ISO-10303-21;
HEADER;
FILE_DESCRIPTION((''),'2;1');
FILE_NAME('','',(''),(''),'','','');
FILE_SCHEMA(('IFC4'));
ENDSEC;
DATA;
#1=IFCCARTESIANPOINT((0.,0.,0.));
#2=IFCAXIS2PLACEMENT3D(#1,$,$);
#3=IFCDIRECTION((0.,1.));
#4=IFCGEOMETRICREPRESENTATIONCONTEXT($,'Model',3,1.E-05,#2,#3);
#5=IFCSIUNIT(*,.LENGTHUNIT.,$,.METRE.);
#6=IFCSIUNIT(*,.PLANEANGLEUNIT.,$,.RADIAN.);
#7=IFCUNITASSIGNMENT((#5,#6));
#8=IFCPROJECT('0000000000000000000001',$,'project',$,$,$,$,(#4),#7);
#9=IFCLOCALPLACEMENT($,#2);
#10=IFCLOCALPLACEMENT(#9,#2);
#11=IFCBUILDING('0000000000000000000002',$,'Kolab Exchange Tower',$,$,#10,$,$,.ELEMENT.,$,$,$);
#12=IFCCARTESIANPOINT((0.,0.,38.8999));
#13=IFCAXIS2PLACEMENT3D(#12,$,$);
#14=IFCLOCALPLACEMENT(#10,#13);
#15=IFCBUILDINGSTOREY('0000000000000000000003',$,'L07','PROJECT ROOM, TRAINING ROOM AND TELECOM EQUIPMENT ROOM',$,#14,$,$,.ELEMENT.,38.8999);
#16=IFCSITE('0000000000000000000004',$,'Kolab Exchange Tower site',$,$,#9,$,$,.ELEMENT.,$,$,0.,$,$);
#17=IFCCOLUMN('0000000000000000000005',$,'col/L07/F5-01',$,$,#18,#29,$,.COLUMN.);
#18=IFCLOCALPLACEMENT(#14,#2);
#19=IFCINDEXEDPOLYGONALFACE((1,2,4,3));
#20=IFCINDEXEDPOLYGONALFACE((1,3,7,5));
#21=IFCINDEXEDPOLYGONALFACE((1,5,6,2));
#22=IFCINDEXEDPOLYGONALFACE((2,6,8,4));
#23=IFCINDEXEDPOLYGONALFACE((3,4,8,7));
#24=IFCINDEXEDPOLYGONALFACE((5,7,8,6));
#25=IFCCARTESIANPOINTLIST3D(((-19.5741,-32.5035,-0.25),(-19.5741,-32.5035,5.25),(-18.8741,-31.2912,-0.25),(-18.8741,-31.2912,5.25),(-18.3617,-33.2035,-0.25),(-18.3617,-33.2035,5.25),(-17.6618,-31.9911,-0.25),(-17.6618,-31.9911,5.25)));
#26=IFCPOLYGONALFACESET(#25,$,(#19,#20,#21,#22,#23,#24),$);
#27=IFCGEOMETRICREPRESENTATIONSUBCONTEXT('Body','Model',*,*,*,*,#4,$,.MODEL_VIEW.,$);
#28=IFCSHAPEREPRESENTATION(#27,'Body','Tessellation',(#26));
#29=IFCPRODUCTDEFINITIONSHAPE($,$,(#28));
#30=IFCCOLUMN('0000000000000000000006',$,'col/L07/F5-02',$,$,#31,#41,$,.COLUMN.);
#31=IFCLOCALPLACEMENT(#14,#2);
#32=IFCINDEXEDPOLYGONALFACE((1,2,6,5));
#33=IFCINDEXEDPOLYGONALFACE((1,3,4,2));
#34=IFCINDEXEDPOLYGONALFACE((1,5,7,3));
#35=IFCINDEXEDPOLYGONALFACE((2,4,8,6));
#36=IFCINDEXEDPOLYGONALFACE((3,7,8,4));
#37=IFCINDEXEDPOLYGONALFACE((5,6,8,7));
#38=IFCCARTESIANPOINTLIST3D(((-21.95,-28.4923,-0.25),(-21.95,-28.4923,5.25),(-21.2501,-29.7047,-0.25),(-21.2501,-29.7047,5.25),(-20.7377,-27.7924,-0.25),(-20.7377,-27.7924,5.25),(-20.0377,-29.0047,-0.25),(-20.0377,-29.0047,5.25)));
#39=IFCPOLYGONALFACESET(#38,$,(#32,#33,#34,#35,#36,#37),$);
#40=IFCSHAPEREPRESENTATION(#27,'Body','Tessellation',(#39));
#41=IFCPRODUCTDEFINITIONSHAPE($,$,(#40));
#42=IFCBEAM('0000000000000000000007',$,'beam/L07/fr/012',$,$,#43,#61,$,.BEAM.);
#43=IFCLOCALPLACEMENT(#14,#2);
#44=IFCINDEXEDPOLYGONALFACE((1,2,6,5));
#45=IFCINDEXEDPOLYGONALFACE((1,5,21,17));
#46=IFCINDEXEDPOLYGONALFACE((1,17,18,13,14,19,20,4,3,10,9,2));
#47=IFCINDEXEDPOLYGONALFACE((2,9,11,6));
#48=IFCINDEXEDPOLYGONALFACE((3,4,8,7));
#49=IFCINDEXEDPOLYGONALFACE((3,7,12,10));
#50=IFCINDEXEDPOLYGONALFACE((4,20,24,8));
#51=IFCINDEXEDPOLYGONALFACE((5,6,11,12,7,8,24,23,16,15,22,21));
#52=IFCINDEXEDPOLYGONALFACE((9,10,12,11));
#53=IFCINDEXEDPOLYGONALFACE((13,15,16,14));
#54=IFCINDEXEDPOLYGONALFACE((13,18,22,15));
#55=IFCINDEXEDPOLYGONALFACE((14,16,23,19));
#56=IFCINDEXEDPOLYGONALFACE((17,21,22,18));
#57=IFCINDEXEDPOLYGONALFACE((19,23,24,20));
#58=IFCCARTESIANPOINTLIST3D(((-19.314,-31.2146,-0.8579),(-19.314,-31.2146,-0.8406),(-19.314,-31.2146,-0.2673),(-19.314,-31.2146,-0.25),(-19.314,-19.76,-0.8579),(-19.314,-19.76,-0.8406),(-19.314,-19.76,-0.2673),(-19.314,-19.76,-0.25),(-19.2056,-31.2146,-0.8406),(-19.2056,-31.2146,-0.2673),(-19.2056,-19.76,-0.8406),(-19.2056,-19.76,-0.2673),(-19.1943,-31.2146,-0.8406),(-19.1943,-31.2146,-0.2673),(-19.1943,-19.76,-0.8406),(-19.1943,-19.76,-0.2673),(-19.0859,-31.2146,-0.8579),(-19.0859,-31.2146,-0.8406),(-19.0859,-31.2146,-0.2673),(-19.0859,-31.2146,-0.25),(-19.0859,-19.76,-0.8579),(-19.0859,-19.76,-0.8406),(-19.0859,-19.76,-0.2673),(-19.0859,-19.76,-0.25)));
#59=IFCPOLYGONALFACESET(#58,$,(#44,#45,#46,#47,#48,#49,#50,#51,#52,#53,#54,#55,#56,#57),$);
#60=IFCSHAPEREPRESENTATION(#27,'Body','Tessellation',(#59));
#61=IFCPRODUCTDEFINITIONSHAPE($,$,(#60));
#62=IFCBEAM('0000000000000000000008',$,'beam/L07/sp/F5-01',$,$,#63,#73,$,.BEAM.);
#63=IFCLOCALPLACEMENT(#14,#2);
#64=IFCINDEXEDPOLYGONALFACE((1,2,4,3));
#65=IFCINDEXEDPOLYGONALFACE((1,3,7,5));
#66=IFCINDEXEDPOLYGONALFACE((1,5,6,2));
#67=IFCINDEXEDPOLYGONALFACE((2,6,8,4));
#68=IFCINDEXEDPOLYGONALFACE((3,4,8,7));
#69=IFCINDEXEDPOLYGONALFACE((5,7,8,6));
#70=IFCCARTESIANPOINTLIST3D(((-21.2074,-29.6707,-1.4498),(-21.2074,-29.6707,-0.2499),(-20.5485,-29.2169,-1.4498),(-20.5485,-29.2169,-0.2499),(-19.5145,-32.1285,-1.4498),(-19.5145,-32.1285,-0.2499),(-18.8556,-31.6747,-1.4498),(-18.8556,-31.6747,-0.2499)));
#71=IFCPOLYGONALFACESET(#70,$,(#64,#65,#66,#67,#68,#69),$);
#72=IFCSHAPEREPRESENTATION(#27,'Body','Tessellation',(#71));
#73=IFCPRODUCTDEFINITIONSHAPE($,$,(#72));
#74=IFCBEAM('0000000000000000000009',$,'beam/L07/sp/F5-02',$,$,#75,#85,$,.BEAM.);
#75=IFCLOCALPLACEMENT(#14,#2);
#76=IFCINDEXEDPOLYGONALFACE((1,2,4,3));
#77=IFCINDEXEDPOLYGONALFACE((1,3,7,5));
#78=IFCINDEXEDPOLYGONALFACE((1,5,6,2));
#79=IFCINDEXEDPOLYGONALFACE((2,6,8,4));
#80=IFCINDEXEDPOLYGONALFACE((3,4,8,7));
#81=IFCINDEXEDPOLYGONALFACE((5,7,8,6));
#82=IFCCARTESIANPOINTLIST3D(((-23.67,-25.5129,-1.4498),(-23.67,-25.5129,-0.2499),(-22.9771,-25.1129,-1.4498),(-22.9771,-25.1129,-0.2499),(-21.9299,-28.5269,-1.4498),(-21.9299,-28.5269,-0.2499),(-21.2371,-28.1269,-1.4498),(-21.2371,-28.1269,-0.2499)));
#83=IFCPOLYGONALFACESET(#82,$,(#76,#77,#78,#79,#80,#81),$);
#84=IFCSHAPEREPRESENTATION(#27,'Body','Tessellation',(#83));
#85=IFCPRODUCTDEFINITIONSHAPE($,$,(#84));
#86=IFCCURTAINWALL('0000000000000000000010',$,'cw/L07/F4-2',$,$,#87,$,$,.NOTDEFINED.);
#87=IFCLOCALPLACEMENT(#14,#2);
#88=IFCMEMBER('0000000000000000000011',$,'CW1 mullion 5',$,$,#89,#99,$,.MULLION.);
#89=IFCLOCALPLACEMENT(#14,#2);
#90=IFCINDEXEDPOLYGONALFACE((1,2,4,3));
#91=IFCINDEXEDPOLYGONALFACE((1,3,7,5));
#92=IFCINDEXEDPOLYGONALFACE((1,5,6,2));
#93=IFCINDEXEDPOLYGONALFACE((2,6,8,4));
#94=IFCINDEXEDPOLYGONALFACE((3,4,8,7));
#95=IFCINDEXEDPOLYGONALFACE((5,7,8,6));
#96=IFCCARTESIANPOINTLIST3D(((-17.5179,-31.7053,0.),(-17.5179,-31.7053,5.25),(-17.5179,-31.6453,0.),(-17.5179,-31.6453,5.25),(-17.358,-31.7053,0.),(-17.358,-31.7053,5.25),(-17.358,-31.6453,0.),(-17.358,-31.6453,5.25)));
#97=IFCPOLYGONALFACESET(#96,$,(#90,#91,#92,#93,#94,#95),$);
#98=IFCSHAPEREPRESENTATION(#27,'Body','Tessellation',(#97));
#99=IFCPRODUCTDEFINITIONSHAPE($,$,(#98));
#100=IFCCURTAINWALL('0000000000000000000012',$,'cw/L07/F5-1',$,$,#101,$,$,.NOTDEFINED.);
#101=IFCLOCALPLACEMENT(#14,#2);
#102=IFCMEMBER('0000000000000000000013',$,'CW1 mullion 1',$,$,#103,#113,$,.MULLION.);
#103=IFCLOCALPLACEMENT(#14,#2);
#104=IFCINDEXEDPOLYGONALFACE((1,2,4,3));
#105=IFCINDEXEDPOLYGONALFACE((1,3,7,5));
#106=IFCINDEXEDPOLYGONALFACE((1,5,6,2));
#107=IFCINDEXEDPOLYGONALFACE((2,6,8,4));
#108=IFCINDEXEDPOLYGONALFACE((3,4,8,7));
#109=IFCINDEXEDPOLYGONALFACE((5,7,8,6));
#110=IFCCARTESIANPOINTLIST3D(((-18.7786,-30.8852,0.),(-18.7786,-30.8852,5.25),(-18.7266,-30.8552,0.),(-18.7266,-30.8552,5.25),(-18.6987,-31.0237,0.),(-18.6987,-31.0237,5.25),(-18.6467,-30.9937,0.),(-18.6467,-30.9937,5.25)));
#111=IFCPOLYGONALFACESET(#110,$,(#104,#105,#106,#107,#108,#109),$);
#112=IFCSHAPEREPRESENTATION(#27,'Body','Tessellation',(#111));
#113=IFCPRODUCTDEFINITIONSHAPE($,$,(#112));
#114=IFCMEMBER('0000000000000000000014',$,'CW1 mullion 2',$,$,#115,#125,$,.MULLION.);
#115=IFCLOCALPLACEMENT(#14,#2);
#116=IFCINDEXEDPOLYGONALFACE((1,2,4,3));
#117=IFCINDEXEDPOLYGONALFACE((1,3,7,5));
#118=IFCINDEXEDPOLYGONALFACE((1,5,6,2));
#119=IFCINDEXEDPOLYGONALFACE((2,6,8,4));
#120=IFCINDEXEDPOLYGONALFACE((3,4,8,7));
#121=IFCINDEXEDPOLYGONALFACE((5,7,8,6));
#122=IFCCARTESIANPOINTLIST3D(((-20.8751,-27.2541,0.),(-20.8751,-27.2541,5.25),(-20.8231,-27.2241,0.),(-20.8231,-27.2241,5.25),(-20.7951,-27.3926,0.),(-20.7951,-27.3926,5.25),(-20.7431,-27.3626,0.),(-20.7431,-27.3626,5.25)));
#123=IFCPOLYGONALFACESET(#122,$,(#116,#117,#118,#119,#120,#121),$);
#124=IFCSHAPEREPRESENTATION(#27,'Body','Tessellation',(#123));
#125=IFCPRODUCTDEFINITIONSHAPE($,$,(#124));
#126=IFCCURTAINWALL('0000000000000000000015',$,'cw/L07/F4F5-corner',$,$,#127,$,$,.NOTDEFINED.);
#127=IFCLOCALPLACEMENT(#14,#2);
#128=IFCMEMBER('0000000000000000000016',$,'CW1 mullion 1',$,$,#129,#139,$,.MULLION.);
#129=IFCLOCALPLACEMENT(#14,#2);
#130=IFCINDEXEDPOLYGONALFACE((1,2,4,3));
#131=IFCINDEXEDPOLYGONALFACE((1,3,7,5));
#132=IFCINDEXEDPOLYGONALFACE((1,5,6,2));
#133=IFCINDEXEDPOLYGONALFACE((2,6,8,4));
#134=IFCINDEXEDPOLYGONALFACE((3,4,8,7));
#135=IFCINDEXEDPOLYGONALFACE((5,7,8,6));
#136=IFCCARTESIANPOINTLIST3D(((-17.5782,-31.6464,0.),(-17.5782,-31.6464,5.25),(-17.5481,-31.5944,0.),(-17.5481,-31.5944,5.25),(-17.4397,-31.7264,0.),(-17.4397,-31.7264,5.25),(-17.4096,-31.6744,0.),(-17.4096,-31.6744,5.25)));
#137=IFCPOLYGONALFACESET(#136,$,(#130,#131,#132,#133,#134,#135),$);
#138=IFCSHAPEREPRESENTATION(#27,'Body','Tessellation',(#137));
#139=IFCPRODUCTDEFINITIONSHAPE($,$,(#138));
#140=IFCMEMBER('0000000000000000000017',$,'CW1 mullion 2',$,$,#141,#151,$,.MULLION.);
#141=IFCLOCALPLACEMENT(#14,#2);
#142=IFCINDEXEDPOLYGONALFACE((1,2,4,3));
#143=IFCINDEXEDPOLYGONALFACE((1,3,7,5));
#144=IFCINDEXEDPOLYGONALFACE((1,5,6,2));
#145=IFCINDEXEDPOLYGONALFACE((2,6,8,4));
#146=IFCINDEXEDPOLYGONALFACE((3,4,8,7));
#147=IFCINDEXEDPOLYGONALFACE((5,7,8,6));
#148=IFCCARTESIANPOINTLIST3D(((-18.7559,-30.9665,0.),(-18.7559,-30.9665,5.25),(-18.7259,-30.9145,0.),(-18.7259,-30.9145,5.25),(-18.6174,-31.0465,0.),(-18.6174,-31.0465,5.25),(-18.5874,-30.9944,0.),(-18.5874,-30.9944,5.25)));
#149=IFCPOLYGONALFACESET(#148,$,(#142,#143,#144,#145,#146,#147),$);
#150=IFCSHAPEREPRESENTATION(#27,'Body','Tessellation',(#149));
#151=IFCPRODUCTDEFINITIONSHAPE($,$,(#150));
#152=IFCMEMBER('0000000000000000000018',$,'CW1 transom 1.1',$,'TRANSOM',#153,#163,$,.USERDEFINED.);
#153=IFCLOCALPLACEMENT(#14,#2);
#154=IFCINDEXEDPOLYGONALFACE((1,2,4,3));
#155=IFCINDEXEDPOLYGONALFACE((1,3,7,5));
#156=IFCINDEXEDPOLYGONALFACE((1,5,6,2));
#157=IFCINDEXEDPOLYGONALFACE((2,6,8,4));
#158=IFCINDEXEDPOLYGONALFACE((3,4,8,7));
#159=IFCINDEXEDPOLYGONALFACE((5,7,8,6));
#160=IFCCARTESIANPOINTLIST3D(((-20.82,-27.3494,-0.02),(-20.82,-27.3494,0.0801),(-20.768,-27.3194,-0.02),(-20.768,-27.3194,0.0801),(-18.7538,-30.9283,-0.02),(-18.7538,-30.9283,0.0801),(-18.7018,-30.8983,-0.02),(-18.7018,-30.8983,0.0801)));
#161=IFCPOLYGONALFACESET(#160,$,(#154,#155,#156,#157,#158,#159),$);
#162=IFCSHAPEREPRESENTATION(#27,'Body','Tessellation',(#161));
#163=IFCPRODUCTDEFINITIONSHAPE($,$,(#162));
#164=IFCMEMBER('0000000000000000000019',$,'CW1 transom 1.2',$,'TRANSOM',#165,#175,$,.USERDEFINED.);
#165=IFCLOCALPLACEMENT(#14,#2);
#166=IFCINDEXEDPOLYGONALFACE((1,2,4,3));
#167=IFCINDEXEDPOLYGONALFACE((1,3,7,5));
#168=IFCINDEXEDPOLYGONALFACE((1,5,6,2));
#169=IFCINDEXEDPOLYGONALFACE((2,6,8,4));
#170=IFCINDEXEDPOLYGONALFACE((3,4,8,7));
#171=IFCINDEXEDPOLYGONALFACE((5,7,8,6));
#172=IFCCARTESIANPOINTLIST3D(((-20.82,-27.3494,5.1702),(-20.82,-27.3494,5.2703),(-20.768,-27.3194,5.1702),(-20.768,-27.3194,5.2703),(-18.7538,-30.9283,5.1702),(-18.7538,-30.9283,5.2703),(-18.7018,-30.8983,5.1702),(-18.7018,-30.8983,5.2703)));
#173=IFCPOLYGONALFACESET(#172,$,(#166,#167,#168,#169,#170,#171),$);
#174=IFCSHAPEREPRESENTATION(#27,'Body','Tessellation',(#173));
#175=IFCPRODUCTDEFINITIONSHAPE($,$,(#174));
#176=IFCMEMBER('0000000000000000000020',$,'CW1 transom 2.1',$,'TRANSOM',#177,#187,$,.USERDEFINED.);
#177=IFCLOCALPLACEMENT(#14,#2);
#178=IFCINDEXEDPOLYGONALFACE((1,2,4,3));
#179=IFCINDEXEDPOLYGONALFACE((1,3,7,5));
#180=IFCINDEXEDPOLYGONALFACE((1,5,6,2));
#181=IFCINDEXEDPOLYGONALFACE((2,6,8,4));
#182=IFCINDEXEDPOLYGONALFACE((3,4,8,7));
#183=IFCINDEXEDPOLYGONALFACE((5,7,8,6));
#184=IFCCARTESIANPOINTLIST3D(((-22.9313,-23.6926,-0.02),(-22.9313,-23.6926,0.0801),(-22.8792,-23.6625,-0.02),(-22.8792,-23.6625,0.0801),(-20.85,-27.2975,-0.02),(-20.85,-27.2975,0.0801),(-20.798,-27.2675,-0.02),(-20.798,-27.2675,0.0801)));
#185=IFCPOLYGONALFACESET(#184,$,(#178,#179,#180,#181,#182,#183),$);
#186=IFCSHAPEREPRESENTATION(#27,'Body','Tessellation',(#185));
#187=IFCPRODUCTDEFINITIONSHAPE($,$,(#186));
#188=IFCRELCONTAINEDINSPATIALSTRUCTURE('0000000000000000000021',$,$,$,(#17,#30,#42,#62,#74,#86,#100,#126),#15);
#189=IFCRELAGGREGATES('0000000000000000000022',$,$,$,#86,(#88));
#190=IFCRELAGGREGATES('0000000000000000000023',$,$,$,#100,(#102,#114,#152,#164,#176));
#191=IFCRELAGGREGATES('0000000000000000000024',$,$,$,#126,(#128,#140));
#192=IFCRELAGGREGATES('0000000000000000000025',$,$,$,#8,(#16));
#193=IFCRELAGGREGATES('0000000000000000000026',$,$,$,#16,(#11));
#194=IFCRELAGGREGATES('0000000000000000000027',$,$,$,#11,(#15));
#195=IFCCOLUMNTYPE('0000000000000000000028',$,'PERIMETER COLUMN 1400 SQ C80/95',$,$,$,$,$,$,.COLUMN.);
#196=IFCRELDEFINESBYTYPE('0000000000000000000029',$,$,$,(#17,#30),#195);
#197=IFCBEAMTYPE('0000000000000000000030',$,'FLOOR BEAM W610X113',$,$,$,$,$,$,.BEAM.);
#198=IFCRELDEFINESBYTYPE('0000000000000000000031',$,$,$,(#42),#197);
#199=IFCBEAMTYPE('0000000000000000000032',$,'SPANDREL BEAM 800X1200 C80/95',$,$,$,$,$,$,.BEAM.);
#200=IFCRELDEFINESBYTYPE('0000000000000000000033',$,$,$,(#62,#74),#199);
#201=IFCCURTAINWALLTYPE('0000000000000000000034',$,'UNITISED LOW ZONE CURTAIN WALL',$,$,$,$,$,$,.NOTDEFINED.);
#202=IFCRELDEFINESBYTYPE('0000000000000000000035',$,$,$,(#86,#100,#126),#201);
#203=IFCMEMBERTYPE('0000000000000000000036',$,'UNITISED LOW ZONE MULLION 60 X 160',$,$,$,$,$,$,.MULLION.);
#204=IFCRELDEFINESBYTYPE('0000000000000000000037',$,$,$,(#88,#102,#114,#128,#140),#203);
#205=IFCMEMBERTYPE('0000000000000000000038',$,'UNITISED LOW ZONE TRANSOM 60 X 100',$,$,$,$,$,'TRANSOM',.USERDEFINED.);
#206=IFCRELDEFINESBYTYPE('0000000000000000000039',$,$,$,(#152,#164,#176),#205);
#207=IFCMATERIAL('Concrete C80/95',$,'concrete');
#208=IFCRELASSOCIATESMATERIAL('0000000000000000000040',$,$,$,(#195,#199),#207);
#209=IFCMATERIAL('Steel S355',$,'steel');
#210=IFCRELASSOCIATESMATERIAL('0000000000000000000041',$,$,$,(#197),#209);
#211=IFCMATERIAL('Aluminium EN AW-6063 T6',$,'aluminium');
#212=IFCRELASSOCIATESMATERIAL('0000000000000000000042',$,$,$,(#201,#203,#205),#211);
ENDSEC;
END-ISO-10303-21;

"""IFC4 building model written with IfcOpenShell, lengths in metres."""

from ifc_helpers import new_model, si_unit, direction, frame, origin, origin_2d, place, context, subcontext, project, spatial, rectangle, i_section, extrude, material, material_profile, profile_set, type_object, element, aggregate, save


model = new_model("IFC4")

# Units and contexts
model_context = context("Model", 3, precision=1e-05, world=origin(), true_north=direction((0.0, 1.0)))
body_context = subcontext(model_context, "Body", "Model", "MODEL_VIEW")
ifc_project = project(units=[si_unit("LENGTHUNIT", "METRE"), si_unit("PLANEANGLEUNIT", "RADIAN")], contexts=[model_context])

# Site, building, storey
site_placement = place(None, origin())
site = spatial("IfcSite", under=ifc_project, at=site_placement, Name="Kolab Exchange Tower site", CompositionType="ELEMENT", RefElevation=0.0)
building_placement = place(site_placement, origin())
building = spatial("IfcBuilding", under=site, at=building_placement, Name="Kolab Exchange Tower", CompositionType="ELEMENT")
storey_placement = place(building_placement, frame((0.0, 0.0, 38.8999)))
storey = spatial("IfcBuildingStorey", under=building, at=storey_placement, Name="L07", Description="PROJECT ROOM, TRAINING ROOM AND TELECOM EQUIPMENT ROOM", CompositionType="ELEMENT", Elevation=38.8999)

# Columns
ifc_material_1 = material(Name="Concrete C80/95", Category="concrete")
ifc_material_profile_1 = material_profile(ifc_material_1, rectangle(XDim=1.3999, YDim=1.3999, at=origin_2d()), Name="RC1400")
ifc_profile_set_1 = profile_set([ifc_material_profile_1], Name="Concrete C80/95")
column_type = type_object("IfcColumnType", Name="PERIMETER COLUMN 1400 SQ C80/95", PredefinedType="COLUMN", material=ifc_profile_set_1)
for number, where, z_axis, x_axis, name in (
    (1, (-18.6179, -32.2473, -0.25), (0.0, 0.0, 1.0), (0.5, 0.866025, 0.0), "col/L07/F5-01"),
    (2, (-20.9939, -28.7485, -0.25), (0.0, 0.0, 1.0), (0.866025, 0.5, 0.0), "col/L07/F5-02"),
):
    element("IfcColumn", number, at=place(storey_placement, frame(where, z_axis=z_axis, x_axis=x_axis)), inside=storey, type_object=column_type, Name=name, PredefinedType="COLUMN", context=body_context, shape_type="SweptSolid", body=[
        extrude(rectangle(XDim=1.3999, YDim=1.3999, at=origin_2d()), origin(), (0.0, 0.0, 1.0), 5.5),
    ])

# Beams
ifc_material_2 = material(Name="Steel S355", Category="steel")
ifc_material_profile_2 = material_profile(ifc_material_2, i_section(OverallWidth=0.228, OverallDepth=0.6079, WebThickness=0.0112, FlangeThickness=0.0173, at=origin_2d()), Name="W610X113")
ifc_profile_set_2 = profile_set([ifc_material_profile_2], Name="Steel S355")
beam_type_1 = type_object("IfcBeamType", Name="FLOOR BEAM W610X113", PredefinedType="BEAM", material=ifc_profile_set_2)
beam_1_placement = place(storey_placement, frame((-19.2, -31.2146, -0.554), z_axis=(0.0, 1.0, 0.0), x_axis=(-1.0, 0.0, 0.0)))
element("IfcBeam", 3, at=beam_1_placement, inside=storey, type_object=beam_type_1, Name="beam/L07/fr/012", PredefinedType="BEAM", context=body_context, shape_type="SweptSolid", body=[
    extrude(i_section(OverallWidth=0.228, OverallDepth=0.6079, WebThickness=0.0112, FlangeThickness=0.0173, at=origin_2d()), origin(), (0.0, 0.0, 1.0), 11.4546),
])
ifc_material_profile_3 = material_profile(ifc_material_1, rectangle(XDim=0.8, YDim=1.2, at=origin_2d()), Name="RC800X1200")
ifc_profile_set_3 = profile_set([ifc_material_profile_3], Name="Concrete C80/95")
beam_type_2 = type_object("IfcBeamType", Name="SPANDREL BEAM 800X1200 C80/95", PredefinedType="BEAM", material=ifc_profile_set_3)
beam_2_placement = place(storey_placement, frame((-19.1851, -31.9016, -0.8499), z_axis=(-0.567247, 0.823548, 0.0), x_axis=(-0.823548, -0.567247, 0.0)))
element("IfcBeam", 4, at=beam_2_placement, inside=storey, type_object=beam_type_2, Name="beam/L07/sp/F5-01", PredefinedType="BEAM", context=body_context, shape_type="SweptSolid", body=[
    extrude(rectangle(XDim=0.8, YDim=1.2, at=origin_2d()), origin(), (0.0, 0.0, 1.0), 2.9844),
])
beam_3_placement = place(storey_placement, frame((-21.5835, -28.3269, -0.8499), z_axis=(-0.49998, 0.866037, 0.0), x_axis=(-0.866037, -0.49998, 0.0)))
element("IfcBeam", 5, at=beam_3_placement, inside=storey, type_object=beam_type_2, Name="beam/L07/sp/F5-02", PredefinedType="BEAM", context=body_context, shape_type="SweptSolid", body=[
    extrude(rectangle(XDim=0.8, YDim=1.2, at=origin_2d()), origin(), (0.0, 0.0, 1.0), 3.4802),
])

# Curtain wall, member
ifc_material_3 = material(Name="Aluminium EN AW-6063 T6", Category="aluminium")
curtain_wall_type = type_object("IfcCurtainWallType", Name="UNITISED LOW ZONE CURTAIN WALL", PredefinedType="NOTDEFINED", material=ifc_material_3)
curtain_wall_1_placement = place(storey_placement, origin())
curtain_wall_1 = element("IfcCurtainWall", 6, at=curtain_wall_1_placement, inside=storey, type_object=curtain_wall_type, Name="cw/L07/F4-2", PredefinedType="NOTDEFINED")
ifc_material_profile_4 = material_profile(ifc_material_3, rectangle(XDim=0.0601, YDim=0.1599, at=origin_2d()), Name="RECT 60X160")
ifc_profile_set_4 = profile_set([ifc_material_profile_4], Name="Aluminium EN AW-6063 T6")
member_type_1 = type_object("IfcMemberType", Name="UNITISED LOW ZONE MULLION 60 X 160", PredefinedType="MULLION", material=ifc_profile_set_4)
member_1_placement = place(storey_placement, frame((-17.438, -31.6753, 0.0), z_axis=(0.0, 0.0, 1.0), x_axis=(0.0, -1.0, 0.0)))
member_1 = element("IfcMember", 7, at=member_1_placement, type_object=member_type_1, Name="CW1 mullion 5", PredefinedType="MULLION", context=body_context, shape_type="SweptSolid", body=[
    extrude(rectangle(XDim=0.0601, YDim=0.1599, at=origin_2d()), origin(), (0.0, 0.0, 1.0), 5.25),
])
aggregate(curtain_wall_1, [member_1])

# Curtain walls, members
curtain_wall_2_placement = place(storey_placement, origin())
curtain_wall_2 = element("IfcCurtainWall", 8, at=curtain_wall_2_placement, inside=storey, type_object=curtain_wall_type, Name="cw/L07/F5-1", PredefinedType="NOTDEFINED")
member_2_placement = place(storey_placement, frame((-18.7126, -30.9395, 0.0), z_axis=(0.0, 0.0, 1.0), x_axis=(-0.866025, -0.5, 0.0)))
member_2 = element("IfcMember", 9, at=member_2_placement, type_object=member_type_1, Name="CW1 mullion 1", PredefinedType="MULLION", context=body_context, shape_type="SweptSolid", body=[
    extrude(rectangle(XDim=0.0601, YDim=0.1599, at=origin_2d()), origin(), (0.0, 0.0, 1.0), 5.25),
])
member_3_placement = place(storey_placement, frame((-20.8091, -27.3083, 0.0), z_axis=(0.0, 0.0, 1.0), x_axis=(-0.866025, -0.5, 0.0)))
member_3 = element("IfcMember", 10, at=member_3_placement, type_object=member_type_1, Name="CW1 mullion 2", PredefinedType="MULLION", context=body_context, shape_type="SweptSolid", body=[
    extrude(rectangle(XDim=0.0601, YDim=0.1599, at=origin_2d()), origin(), (0.0, 0.0, 1.0), 5.25),
])
curtain_wall_3_placement = place(storey_placement, origin())
curtain_wall_3 = element("IfcCurtainWall", 11, at=curtain_wall_3_placement, inside=storey, type_object=curtain_wall_type, Name="cw/L07/F4F5-corner", PredefinedType="NOTDEFINED")
member_4_placement = place(storey_placement, frame((-17.4939, -31.6604, 0.0), z_axis=(0.0, 0.0, 1.0), x_axis=(-0.5, -0.866025, 0.0)))
member_4 = element("IfcMember", 12, at=member_4_placement, type_object=member_type_1, Name="CW1 mullion 1", PredefinedType="MULLION", context=body_context, shape_type="SweptSolid", body=[
    extrude(rectangle(XDim=0.0601, YDim=0.1599, at=origin_2d()), origin(), (0.0, 0.0, 1.0), 5.25),
])
member_5_placement = place(storey_placement, frame((-18.6716, -30.9805, 0.0), z_axis=(0.0, 0.0, 1.0), x_axis=(-0.5, -0.866025, 0.0)))
member_5 = element("IfcMember", 13, at=member_5_placement, type_object=member_type_1, Name="CW1 mullion 2", PredefinedType="MULLION", context=body_context, shape_type="SweptSolid", body=[
    extrude(rectangle(XDim=0.0601, YDim=0.1599, at=origin_2d()), origin(), (0.0, 0.0, 1.0), 5.25),
])

# Members
ifc_material_profile_5 = material_profile(ifc_material_3, rectangle(XDim=0.0601, YDim=0.1001, at=origin_2d()), Name="RECT 60X100")
ifc_profile_set_5 = profile_set([ifc_material_profile_5], Name="Aluminium EN AW-6063 T6")
member_type_2 = type_object("IfcMemberType", Name="UNITISED LOW ZONE TRANSOM 60 X 100", ElementType="TRANSOM", PredefinedType="USERDEFINED", material=ifc_profile_set_5)
member_6_placement = place(storey_placement, frame((-18.7278, -30.9133, 0.03), z_axis=(-0.499983, 0.866035, 0.0), x_axis=(-0.866035, -0.499983, 0.0)))
member_6 = element("IfcMember", 14, at=member_6_placement, type_object=member_type_2, Name="CW1 transom 1.1", ObjectType="TRANSOM", PredefinedType="USERDEFINED", context=body_context, shape_type="SweptSolid", body=[
    extrude(rectangle(XDim=0.0601, YDim=0.1001, at=origin_2d()), origin(), (0.0, 0.0, 1.0), 4.1326),
])
member_7_placement = place(storey_placement, frame((-18.7278, -30.9133, 5.2202), z_axis=(-0.499983, 0.866035, 0.0), x_axis=(-0.866035, -0.499983, 0.0)))
member_7 = element("IfcMember", 15, at=member_7_placement, type_object=member_type_2, Name="CW1 transom 1.2", ObjectType="TRANSOM", PredefinedType="USERDEFINED", context=body_context, shape_type="SweptSolid", body=[
    extrude(rectangle(XDim=0.0601, YDim=0.1001, at=origin_2d()), origin(), (0.0, 0.0, 1.0), 4.1326),
])
member_8_placement = place(storey_placement, frame((-20.824, -27.2825, 0.03), z_axis=(-0.499993, 0.866029, 0.0), x_axis=(-0.866029, -0.499993, 0.0)))
member_8 = element("IfcMember", 16, at=member_8_placement, type_object=member_type_2, Name="CW1 transom 2.1", ObjectType="TRANSOM", PredefinedType="USERDEFINED", context=body_context, shape_type="SweptSolid", body=[
    extrude(rectangle(XDim=0.0601, YDim=0.1001, at=origin_2d()), origin(), (0.0, 0.0, 1.0), 4.1626),
])

aggregate(curtain_wall_2, [member_2, member_3, member_6, member_7, member_8])
aggregate(curtain_wall_3, [member_4, member_5])

save(model, "model.ifc")
